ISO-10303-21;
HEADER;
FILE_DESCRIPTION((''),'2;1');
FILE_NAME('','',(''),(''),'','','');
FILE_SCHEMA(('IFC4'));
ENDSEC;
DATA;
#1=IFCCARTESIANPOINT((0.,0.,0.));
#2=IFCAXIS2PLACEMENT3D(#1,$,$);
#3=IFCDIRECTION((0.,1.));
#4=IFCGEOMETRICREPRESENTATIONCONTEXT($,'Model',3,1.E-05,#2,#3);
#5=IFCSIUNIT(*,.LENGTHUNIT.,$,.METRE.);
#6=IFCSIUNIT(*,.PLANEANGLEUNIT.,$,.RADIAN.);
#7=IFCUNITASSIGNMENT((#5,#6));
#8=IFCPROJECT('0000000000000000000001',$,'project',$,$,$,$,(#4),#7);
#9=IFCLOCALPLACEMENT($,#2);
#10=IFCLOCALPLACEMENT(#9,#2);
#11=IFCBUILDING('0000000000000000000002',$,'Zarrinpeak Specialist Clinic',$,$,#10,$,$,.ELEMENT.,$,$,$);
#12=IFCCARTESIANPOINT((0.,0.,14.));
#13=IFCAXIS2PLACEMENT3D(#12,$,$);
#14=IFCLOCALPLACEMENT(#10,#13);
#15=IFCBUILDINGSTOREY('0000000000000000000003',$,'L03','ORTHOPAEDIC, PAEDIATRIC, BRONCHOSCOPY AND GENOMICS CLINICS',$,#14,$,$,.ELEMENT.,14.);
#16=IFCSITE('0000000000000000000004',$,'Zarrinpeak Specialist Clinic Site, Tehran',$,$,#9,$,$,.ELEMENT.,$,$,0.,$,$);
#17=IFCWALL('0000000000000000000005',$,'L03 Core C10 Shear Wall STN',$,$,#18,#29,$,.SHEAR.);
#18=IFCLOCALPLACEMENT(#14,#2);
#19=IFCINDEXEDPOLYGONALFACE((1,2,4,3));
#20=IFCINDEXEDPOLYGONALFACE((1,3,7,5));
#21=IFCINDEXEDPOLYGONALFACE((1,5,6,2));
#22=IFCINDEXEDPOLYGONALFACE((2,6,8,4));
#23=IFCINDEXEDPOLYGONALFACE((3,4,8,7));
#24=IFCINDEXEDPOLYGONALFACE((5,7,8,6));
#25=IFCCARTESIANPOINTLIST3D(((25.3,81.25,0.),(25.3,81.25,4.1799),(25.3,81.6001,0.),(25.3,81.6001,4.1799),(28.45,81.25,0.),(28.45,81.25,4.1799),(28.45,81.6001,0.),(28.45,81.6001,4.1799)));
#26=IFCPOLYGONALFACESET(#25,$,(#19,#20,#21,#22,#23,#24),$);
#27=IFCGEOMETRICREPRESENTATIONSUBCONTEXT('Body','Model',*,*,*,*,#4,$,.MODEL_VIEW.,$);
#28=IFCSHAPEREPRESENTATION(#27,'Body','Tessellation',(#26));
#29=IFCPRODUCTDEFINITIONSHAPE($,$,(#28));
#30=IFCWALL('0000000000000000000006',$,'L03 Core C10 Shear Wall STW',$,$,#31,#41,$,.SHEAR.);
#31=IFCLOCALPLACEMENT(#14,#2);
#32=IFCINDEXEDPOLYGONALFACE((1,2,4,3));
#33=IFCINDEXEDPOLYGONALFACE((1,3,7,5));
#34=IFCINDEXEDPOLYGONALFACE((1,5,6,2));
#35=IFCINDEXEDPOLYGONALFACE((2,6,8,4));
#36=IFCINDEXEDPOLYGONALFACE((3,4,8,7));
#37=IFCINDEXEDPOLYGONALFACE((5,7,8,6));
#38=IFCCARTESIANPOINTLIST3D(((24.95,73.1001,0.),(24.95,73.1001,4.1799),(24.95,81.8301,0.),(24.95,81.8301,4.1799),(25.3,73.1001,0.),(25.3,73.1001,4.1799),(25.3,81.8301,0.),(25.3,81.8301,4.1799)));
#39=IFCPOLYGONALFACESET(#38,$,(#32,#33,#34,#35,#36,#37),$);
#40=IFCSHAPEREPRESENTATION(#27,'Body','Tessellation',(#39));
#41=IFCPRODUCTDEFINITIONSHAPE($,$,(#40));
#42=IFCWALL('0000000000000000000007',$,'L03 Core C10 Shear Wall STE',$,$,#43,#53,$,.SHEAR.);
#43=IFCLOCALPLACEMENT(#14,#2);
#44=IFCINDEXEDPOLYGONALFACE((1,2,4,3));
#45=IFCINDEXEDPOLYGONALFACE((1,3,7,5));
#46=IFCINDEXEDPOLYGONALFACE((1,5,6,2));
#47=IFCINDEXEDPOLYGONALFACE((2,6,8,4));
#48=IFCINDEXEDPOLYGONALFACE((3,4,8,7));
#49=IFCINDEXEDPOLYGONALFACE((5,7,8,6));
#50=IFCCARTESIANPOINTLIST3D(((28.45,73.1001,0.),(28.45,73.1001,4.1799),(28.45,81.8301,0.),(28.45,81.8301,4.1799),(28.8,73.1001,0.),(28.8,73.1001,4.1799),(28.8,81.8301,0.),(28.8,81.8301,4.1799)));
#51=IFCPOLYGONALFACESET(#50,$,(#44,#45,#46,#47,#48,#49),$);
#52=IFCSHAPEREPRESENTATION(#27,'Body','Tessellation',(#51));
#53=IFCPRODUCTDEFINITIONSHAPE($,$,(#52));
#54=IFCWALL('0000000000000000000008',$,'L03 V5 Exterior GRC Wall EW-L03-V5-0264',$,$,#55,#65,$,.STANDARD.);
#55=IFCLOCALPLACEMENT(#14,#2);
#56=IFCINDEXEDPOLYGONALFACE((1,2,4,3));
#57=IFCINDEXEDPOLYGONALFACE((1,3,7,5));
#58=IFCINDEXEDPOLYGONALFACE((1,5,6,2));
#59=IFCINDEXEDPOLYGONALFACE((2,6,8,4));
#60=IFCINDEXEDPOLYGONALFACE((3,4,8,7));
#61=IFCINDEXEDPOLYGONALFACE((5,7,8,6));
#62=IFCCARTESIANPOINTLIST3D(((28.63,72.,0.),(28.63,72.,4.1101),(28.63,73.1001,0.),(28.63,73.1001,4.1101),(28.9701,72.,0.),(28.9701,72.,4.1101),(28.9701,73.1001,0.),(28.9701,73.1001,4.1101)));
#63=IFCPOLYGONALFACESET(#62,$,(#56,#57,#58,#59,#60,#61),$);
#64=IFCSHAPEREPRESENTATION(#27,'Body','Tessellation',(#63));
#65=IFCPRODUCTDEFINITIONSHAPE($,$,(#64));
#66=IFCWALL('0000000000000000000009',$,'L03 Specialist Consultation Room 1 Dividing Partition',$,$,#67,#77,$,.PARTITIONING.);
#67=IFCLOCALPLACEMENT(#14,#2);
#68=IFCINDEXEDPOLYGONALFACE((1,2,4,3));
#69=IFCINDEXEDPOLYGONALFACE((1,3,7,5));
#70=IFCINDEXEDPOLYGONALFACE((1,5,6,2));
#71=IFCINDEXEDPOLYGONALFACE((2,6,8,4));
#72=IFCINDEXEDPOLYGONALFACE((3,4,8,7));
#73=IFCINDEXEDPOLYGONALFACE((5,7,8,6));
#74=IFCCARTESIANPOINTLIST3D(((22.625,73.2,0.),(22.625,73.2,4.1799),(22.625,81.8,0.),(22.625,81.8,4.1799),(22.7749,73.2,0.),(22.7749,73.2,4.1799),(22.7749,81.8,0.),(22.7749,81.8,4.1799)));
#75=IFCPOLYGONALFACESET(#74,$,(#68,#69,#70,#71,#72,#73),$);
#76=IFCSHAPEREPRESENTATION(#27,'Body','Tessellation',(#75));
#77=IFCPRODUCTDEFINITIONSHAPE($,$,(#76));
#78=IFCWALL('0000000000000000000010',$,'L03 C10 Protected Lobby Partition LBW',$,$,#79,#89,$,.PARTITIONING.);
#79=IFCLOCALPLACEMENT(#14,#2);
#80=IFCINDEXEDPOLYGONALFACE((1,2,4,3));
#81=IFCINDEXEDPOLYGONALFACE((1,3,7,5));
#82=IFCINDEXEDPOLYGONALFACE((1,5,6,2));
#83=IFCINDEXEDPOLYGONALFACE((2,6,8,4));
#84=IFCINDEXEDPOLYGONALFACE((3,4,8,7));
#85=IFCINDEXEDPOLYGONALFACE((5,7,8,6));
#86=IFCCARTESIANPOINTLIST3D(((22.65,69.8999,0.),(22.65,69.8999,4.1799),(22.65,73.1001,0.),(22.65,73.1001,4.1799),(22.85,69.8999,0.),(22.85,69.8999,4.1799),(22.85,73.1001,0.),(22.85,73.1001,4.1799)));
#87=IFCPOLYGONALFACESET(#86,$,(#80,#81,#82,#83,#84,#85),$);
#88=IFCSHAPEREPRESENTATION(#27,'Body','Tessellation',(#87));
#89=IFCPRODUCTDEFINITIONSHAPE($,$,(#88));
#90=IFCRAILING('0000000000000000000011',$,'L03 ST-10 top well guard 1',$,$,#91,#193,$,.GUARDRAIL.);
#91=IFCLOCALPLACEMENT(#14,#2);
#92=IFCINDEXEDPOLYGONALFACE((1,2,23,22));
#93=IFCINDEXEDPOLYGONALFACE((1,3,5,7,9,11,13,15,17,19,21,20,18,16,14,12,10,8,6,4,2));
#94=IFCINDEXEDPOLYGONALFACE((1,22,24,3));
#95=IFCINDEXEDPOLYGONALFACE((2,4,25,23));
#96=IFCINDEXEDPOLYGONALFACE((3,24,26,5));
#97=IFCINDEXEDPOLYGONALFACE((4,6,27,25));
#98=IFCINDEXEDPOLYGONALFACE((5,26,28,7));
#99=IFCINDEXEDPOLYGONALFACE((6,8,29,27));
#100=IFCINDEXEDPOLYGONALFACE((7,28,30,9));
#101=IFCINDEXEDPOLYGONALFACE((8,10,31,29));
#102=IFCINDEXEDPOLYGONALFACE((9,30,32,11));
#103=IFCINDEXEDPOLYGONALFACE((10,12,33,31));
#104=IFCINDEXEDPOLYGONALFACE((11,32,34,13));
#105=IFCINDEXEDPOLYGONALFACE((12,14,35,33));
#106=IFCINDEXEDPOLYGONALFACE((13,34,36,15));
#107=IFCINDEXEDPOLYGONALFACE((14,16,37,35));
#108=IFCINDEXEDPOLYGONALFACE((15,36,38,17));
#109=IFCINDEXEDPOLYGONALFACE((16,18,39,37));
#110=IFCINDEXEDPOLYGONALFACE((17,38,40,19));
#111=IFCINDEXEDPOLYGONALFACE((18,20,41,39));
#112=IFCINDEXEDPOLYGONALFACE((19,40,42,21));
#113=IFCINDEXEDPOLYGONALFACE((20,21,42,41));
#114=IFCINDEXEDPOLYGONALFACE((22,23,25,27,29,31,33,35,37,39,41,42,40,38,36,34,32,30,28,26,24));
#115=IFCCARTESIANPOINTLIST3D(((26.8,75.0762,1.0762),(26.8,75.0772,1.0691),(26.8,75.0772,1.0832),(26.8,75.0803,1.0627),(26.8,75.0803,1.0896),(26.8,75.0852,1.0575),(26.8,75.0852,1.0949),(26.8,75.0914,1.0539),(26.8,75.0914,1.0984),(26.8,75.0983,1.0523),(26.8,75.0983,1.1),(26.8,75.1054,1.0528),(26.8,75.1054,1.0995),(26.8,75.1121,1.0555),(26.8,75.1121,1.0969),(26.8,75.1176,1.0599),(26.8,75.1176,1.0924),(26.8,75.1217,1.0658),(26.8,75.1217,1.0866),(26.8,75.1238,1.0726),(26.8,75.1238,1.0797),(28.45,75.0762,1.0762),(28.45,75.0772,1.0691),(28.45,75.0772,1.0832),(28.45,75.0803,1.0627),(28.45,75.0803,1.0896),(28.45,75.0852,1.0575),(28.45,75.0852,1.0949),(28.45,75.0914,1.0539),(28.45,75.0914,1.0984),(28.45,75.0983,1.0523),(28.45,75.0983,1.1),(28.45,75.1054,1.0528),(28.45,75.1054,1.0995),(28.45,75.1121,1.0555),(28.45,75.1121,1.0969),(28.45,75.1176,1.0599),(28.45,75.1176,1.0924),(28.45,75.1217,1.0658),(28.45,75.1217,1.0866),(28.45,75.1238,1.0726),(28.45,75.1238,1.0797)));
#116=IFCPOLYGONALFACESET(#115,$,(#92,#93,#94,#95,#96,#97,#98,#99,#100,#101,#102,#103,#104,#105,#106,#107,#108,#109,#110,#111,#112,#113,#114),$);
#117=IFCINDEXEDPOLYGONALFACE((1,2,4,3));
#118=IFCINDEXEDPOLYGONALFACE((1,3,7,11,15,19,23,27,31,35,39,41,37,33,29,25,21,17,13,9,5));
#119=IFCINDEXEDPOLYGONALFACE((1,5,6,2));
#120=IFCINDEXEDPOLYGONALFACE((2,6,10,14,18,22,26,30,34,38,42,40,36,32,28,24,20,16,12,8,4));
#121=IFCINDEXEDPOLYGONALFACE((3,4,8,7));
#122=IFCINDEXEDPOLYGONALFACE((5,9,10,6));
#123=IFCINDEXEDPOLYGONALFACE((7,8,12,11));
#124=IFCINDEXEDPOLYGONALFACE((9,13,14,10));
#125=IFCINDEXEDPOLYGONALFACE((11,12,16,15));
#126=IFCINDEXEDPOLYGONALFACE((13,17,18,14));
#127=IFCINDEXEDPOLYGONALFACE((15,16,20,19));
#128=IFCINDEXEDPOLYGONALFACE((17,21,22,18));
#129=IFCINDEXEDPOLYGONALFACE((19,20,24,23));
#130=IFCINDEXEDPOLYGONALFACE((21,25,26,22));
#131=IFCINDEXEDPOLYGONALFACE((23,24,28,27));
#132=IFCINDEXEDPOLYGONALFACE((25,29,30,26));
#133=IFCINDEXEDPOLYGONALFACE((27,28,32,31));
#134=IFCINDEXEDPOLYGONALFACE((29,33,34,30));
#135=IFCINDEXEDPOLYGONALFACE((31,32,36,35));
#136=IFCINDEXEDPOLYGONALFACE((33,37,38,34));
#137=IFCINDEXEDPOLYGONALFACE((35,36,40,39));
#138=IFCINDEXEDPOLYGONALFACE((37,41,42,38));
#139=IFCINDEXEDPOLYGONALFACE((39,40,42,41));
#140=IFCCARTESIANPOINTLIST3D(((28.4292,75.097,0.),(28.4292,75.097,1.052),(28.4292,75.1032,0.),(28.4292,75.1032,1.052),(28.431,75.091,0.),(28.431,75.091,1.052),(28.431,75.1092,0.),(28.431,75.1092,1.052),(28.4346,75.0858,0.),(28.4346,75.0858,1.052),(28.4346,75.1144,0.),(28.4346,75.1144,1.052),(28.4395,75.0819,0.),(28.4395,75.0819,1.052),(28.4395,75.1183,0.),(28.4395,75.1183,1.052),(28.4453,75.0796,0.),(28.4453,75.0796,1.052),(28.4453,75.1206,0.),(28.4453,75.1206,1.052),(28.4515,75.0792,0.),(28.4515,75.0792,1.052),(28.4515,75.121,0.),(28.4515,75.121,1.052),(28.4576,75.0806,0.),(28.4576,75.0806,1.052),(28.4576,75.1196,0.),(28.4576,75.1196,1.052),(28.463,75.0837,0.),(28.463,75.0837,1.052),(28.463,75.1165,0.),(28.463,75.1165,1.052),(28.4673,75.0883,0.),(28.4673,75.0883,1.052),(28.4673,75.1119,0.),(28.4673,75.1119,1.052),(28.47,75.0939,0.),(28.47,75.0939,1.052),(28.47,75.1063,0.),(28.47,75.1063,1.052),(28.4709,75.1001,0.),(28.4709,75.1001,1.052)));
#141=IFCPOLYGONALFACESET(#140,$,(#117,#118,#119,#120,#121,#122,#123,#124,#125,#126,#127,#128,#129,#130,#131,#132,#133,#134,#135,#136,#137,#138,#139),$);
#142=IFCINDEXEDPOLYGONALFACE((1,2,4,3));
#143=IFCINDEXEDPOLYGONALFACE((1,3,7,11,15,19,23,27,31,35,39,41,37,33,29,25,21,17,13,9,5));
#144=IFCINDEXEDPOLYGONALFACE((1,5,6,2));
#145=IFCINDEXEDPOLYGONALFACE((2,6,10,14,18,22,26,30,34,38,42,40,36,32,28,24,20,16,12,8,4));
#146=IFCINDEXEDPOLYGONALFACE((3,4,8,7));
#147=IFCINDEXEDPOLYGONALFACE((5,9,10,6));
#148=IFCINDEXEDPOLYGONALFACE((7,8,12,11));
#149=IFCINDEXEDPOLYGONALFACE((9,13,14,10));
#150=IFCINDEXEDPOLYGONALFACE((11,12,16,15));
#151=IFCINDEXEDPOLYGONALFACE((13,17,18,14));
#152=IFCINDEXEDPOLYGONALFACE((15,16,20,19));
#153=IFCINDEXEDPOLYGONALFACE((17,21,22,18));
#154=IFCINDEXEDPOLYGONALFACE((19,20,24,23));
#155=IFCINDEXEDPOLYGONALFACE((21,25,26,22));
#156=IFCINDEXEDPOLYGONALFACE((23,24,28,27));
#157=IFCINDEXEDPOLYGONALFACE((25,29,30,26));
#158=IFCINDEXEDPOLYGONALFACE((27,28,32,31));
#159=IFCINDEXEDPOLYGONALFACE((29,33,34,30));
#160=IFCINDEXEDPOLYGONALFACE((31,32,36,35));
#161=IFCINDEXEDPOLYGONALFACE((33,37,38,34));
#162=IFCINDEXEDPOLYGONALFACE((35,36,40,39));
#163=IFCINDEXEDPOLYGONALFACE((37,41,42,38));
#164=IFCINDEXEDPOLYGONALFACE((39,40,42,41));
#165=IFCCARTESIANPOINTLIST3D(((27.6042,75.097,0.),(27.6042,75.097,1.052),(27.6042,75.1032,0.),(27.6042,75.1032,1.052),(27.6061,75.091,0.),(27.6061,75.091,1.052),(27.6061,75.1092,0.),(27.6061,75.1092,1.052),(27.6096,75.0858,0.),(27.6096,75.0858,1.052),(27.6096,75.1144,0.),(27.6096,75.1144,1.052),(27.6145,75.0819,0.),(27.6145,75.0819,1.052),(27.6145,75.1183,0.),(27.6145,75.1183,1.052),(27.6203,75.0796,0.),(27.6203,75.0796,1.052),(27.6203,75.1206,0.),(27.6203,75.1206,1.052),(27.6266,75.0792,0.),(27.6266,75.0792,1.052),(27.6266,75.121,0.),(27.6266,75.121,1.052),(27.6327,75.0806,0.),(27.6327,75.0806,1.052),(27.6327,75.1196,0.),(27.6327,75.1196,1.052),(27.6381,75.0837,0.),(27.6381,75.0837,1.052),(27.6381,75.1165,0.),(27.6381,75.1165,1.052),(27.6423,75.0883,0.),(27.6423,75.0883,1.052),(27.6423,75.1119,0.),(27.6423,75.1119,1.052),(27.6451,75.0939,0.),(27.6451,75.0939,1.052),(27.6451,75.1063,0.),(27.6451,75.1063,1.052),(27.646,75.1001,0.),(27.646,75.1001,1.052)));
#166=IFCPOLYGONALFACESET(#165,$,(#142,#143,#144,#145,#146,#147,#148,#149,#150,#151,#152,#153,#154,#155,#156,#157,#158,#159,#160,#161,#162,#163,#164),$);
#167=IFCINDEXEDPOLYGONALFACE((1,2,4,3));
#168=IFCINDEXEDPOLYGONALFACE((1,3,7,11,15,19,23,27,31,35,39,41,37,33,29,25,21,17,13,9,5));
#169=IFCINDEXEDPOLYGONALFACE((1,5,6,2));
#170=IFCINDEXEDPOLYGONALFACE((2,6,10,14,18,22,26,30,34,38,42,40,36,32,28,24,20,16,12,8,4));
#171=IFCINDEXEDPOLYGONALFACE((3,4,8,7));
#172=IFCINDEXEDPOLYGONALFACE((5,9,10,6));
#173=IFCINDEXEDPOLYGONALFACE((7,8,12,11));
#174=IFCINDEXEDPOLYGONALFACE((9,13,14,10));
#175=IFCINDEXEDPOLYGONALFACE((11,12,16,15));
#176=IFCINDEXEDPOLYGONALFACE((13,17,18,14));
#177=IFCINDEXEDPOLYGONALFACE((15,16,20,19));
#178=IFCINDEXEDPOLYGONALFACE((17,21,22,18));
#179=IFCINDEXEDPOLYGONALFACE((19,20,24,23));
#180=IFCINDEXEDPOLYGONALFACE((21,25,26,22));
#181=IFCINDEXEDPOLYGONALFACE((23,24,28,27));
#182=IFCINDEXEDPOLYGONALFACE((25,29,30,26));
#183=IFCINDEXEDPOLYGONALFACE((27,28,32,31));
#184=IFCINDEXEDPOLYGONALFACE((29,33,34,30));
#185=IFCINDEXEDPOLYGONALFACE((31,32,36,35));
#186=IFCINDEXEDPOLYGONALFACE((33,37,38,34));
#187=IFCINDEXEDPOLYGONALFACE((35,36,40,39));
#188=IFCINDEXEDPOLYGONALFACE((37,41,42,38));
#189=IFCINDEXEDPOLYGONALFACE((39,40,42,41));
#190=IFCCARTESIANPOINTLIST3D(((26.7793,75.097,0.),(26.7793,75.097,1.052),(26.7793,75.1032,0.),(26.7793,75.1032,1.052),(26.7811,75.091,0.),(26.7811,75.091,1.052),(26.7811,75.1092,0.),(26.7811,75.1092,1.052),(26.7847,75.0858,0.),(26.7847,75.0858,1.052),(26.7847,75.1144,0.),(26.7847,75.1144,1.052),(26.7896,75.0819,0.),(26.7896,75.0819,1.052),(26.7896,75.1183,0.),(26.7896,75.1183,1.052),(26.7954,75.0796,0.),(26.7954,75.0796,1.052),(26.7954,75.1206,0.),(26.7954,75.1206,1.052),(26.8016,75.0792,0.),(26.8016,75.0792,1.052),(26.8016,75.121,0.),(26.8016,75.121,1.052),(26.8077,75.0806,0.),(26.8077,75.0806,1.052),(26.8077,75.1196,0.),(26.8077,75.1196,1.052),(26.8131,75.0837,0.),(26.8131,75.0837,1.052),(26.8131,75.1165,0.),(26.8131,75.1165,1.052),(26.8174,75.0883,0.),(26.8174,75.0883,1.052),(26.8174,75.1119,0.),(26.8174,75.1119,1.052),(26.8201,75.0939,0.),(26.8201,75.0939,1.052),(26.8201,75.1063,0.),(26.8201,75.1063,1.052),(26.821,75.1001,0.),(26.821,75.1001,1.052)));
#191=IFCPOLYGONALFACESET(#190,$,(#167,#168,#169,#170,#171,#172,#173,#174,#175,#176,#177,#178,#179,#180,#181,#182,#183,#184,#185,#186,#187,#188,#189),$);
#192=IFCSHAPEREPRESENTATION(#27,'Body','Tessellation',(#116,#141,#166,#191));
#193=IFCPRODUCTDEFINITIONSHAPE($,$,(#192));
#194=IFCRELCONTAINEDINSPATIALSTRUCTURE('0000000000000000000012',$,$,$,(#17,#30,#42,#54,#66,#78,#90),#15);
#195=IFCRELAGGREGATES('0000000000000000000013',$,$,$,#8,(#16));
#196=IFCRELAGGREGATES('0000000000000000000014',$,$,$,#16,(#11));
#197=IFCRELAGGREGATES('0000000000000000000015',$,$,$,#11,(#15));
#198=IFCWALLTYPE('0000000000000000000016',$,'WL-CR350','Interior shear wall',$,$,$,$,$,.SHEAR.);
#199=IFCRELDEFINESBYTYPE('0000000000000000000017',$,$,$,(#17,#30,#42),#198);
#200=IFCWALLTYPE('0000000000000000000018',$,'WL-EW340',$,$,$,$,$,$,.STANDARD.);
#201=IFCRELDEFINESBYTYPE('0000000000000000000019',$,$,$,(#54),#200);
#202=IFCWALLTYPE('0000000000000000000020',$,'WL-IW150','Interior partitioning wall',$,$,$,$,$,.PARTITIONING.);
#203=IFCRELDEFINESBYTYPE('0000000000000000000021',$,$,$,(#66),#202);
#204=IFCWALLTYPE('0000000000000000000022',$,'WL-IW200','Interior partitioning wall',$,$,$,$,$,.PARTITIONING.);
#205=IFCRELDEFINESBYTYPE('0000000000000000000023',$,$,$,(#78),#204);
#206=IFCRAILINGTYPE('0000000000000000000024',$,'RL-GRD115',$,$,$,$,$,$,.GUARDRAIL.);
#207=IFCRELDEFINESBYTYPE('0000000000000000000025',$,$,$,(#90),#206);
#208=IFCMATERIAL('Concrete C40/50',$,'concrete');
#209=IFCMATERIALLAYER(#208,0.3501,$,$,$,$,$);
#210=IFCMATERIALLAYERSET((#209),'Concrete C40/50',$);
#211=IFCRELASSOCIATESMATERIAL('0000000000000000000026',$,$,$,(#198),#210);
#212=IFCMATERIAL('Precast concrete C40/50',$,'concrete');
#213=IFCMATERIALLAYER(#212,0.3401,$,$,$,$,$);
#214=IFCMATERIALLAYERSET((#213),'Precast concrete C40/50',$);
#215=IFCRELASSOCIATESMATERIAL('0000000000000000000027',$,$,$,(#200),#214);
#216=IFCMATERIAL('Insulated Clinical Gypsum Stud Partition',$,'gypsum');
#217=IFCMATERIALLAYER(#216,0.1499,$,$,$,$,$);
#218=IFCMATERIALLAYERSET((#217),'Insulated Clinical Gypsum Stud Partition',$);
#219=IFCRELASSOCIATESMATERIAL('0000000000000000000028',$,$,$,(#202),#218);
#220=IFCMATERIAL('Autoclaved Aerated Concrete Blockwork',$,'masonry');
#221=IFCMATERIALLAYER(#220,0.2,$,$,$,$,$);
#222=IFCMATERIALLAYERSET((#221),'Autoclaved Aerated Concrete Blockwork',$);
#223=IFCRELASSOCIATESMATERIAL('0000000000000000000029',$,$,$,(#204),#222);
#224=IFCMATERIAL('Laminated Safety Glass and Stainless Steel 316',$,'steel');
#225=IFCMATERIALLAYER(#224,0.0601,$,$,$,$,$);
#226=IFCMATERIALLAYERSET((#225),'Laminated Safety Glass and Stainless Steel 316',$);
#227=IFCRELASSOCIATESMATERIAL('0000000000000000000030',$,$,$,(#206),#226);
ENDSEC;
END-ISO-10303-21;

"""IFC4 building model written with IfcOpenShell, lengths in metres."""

from ifc_helpers import new_model, si_unit, direction, frame, frame_2d, origin, origin_2d, place, context, subcontext, project, spatial, rectangle, circle, extrude, material, layer, layer_set, type_object, element, save


model = new_model("IFC4")

# Units and contexts
model_context = context("Model", 3, precision=1e-05, world=origin(), true_north=direction((0.0, 1.0)))
body_context = subcontext(model_context, "Body", "Model", "MODEL_VIEW")
ifc_project = project(units=[si_unit("LENGTHUNIT", "METRE"), si_unit("PLANEANGLEUNIT", "RADIAN")], contexts=[model_context])

# Site, building, storey
site_placement = place(None, origin())
site = spatial("IfcSite", under=ifc_project, at=site_placement, Name="Zarrinpeak Specialist Clinic Site, Tehran", CompositionType="ELEMENT", RefElevation=0.0)
building_placement = place(site_placement, origin())
building = spatial("IfcBuilding", under=site, at=building_placement, Name="Zarrinpeak Specialist Clinic", CompositionType="ELEMENT")
storey_placement = place(building_placement, frame((0.0, 0.0, 14.0)))
storey = spatial("IfcBuildingStorey", under=building, at=storey_placement, Name="L03", Description="ORTHOPAEDIC, PAEDIATRIC, BRONCHOSCOPY AND GENOMICS CLINICS", CompositionType="ELEMENT", Elevation=14.0)

# Shared definitions
ifc_material_1 = material(Name="Concrete C40/50", Category="concrete")
ifc_layer_1 = layer(ifc_material_1, 0.3501)
ifc_layer_set_1 = layer_set([ifc_layer_1], Name="Concrete C40/50")
wall_type_1 = type_object("IfcWallType", Name="WL-CR350", Description="Interior shear wall", PredefinedType="SHEAR", material=ifc_layer_set_1)

# Walls
wall_1_placement = place(storey_placement, frame((25.3, 81.425, 0.0), z_axis=(0.0, 0.0, 1.0), x_axis=(1.0, 0.0, 0.0)))
element("IfcWall", 1, at=wall_1_placement, inside=storey, type_object=wall_type_1, Name="L03 Core C10 Shear Wall STN", PredefinedType="SHEAR", context=body_context, shape_type="SweptSolid", body=[
    extrude(rectangle(XDim=3.1499, YDim=0.3501, at=frame_2d((1.575, 0.0))), origin(), (0.0, 0.0, 1.0), 4.1799),
])
for number, where, z_axis, x_axis, name in (
    (2, (25.125, 73.1001, 0.0), (0.0, 0.0, 1.0), (0.0, 1.0, 0.0), "L03 Core C10 Shear Wall STW"),
    (3, (28.625, 73.1001, 0.0), (0.0, 0.0, 1.0), (0.0, 1.0, 0.0), "L03 Core C10 Shear Wall STE"),
):
    element("IfcWall", number, at=place(storey_placement, frame(where, z_axis=z_axis, x_axis=x_axis)), inside=storey, type_object=wall_type_1, Name=name, PredefinedType="SHEAR", context=body_context, shape_type="SweptSolid", body=[
        extrude(rectangle(XDim=8.73, YDim=0.3501, at=frame_2d((4.365, 0.0))), origin(), (0.0, 0.0, 1.0), 4.1799),
    ])
ifc_material_2 = material(Name="Precast concrete C40/50", Category="concrete")
ifc_layer_2 = layer(ifc_material_2, 0.3401)
ifc_layer_set_2 = layer_set([ifc_layer_2], Name="Precast concrete C40/50")
wall_type_2 = type_object("IfcWallType", Name="WL-EW340", PredefinedType="STANDARD", material=ifc_layer_set_2)
wall_2_placement = place(storey_placement, frame((28.8, 72.0, 0.0), z_axis=(0.0, 0.0, 1.0), x_axis=(0.0, 1.0, 0.0)))
element("IfcWall", 4, at=wall_2_placement, inside=storey, type_object=wall_type_2, Name="L03 V5 Exterior GRC Wall EW-L03-V5-0264", PredefinedType="STANDARD", context=body_context, shape_type="SweptSolid", body=[
    extrude(rectangle(XDim=1.1001, YDim=0.3401, at=frame_2d((0.55, 0.0))), origin(), (0.0, 0.0, 1.0), 4.1101),
])
ifc_material_3 = material(Name="Insulated Clinical Gypsum Stud Partition", Category="gypsum")
ifc_layer_3 = layer(ifc_material_3, 0.1499)
ifc_layer_set_3 = layer_set([ifc_layer_3], Name="Insulated Clinical Gypsum Stud Partition")
wall_type_3 = type_object("IfcWallType", Name="WL-IW150", Description="Interior partitioning wall", PredefinedType="PARTITIONING", material=ifc_layer_set_3)
wall_3_placement = place(storey_placement, frame((22.7, 73.2, 0.0), z_axis=(0.0, 0.0, 1.0), x_axis=(0.0, 1.0, 0.0)))
element("IfcWall", 5, at=wall_3_placement, inside=storey, type_object=wall_type_3, Name="L03 Specialist Consultation Room 1 Dividing Partition", PredefinedType="PARTITIONING", context=body_context, shape_type="SweptSolid", body=[
    extrude(rectangle(XDim=8.6001, YDim=0.1499, at=frame_2d((4.3, 0.0))), origin(), (0.0, 0.0, 1.0), 4.1799),
])
ifc_material_4 = material(Name="Autoclaved Aerated Concrete Blockwork", Category="masonry")
ifc_layer_4 = layer(ifc_material_4, 0.2)
ifc_layer_set_4 = layer_set([ifc_layer_4], Name="Autoclaved Aerated Concrete Blockwork")
wall_type_4 = type_object("IfcWallType", Name="WL-IW200", Description="Interior partitioning wall", PredefinedType="PARTITIONING", material=ifc_layer_set_4)
wall_4_placement = place(storey_placement, frame((22.75, 69.8999, 0.0), z_axis=(0.0, 0.0, 1.0), x_axis=(0.0, 1.0, 0.0)))
element("IfcWall", 6, at=wall_4_placement, inside=storey, type_object=wall_type_4, Name="L03 C10 Protected Lobby Partition LBW", PredefinedType="PARTITIONING", context=body_context, shape_type="SweptSolid", body=[
    extrude(rectangle(XDim=3.2002, YDim=0.2, at=frame_2d((1.6001, 0.0))), origin(), (0.0, 0.0, 1.0), 4.1799),
])

# Railing
ifc_material_5 = material(Name="Laminated Safety Glass and Stainless Steel 316", Category="steel")
ifc_layer_5 = layer(ifc_material_5, 0.0601)
ifc_layer_set_5 = layer_set([ifc_layer_5], Name="Laminated Safety Glass and Stainless Steel 316")
railing_type = type_object("IfcRailingType", Name="RL-GRD115", PredefinedType="GUARDRAIL", material=ifc_layer_set_5)
railing_placement = place(storey_placement, frame((28.45, 75.1001, 0.0)))
element("IfcRailing", 7, at=railing_placement, inside=storey, type_object=railing_type, Name="L03 ST-10 top well guard 1", PredefinedType="GUARDRAIL", context=body_context, shape_type="SweptSolid", body=[
    extrude(circle(Radius=0.0239, at=origin_2d()), frame((0.0, 0.0, 1.0762), z_axis=(-1.0, 0.0, 0.0), x_axis=(0.0, -1.0, 0.0)), (0.0, 0.0, 1.0), 1.6499),
    extrude(circle(Radius=0.021, at=origin_2d()), origin(), (0.0, 0.0, 1.0), 1.052),
    extrude(circle(Radius=0.021, at=origin_2d()), frame((-0.825, 0.0, 0.0)), (0.0, 0.0, 1.0), 1.052),
    extrude(circle(Radius=0.021, at=origin_2d()), frame((-1.6499, 0.0, 0.0)), (0.0, 0.0, 1.0), 1.052),
])

save(model, "model.ifc")
